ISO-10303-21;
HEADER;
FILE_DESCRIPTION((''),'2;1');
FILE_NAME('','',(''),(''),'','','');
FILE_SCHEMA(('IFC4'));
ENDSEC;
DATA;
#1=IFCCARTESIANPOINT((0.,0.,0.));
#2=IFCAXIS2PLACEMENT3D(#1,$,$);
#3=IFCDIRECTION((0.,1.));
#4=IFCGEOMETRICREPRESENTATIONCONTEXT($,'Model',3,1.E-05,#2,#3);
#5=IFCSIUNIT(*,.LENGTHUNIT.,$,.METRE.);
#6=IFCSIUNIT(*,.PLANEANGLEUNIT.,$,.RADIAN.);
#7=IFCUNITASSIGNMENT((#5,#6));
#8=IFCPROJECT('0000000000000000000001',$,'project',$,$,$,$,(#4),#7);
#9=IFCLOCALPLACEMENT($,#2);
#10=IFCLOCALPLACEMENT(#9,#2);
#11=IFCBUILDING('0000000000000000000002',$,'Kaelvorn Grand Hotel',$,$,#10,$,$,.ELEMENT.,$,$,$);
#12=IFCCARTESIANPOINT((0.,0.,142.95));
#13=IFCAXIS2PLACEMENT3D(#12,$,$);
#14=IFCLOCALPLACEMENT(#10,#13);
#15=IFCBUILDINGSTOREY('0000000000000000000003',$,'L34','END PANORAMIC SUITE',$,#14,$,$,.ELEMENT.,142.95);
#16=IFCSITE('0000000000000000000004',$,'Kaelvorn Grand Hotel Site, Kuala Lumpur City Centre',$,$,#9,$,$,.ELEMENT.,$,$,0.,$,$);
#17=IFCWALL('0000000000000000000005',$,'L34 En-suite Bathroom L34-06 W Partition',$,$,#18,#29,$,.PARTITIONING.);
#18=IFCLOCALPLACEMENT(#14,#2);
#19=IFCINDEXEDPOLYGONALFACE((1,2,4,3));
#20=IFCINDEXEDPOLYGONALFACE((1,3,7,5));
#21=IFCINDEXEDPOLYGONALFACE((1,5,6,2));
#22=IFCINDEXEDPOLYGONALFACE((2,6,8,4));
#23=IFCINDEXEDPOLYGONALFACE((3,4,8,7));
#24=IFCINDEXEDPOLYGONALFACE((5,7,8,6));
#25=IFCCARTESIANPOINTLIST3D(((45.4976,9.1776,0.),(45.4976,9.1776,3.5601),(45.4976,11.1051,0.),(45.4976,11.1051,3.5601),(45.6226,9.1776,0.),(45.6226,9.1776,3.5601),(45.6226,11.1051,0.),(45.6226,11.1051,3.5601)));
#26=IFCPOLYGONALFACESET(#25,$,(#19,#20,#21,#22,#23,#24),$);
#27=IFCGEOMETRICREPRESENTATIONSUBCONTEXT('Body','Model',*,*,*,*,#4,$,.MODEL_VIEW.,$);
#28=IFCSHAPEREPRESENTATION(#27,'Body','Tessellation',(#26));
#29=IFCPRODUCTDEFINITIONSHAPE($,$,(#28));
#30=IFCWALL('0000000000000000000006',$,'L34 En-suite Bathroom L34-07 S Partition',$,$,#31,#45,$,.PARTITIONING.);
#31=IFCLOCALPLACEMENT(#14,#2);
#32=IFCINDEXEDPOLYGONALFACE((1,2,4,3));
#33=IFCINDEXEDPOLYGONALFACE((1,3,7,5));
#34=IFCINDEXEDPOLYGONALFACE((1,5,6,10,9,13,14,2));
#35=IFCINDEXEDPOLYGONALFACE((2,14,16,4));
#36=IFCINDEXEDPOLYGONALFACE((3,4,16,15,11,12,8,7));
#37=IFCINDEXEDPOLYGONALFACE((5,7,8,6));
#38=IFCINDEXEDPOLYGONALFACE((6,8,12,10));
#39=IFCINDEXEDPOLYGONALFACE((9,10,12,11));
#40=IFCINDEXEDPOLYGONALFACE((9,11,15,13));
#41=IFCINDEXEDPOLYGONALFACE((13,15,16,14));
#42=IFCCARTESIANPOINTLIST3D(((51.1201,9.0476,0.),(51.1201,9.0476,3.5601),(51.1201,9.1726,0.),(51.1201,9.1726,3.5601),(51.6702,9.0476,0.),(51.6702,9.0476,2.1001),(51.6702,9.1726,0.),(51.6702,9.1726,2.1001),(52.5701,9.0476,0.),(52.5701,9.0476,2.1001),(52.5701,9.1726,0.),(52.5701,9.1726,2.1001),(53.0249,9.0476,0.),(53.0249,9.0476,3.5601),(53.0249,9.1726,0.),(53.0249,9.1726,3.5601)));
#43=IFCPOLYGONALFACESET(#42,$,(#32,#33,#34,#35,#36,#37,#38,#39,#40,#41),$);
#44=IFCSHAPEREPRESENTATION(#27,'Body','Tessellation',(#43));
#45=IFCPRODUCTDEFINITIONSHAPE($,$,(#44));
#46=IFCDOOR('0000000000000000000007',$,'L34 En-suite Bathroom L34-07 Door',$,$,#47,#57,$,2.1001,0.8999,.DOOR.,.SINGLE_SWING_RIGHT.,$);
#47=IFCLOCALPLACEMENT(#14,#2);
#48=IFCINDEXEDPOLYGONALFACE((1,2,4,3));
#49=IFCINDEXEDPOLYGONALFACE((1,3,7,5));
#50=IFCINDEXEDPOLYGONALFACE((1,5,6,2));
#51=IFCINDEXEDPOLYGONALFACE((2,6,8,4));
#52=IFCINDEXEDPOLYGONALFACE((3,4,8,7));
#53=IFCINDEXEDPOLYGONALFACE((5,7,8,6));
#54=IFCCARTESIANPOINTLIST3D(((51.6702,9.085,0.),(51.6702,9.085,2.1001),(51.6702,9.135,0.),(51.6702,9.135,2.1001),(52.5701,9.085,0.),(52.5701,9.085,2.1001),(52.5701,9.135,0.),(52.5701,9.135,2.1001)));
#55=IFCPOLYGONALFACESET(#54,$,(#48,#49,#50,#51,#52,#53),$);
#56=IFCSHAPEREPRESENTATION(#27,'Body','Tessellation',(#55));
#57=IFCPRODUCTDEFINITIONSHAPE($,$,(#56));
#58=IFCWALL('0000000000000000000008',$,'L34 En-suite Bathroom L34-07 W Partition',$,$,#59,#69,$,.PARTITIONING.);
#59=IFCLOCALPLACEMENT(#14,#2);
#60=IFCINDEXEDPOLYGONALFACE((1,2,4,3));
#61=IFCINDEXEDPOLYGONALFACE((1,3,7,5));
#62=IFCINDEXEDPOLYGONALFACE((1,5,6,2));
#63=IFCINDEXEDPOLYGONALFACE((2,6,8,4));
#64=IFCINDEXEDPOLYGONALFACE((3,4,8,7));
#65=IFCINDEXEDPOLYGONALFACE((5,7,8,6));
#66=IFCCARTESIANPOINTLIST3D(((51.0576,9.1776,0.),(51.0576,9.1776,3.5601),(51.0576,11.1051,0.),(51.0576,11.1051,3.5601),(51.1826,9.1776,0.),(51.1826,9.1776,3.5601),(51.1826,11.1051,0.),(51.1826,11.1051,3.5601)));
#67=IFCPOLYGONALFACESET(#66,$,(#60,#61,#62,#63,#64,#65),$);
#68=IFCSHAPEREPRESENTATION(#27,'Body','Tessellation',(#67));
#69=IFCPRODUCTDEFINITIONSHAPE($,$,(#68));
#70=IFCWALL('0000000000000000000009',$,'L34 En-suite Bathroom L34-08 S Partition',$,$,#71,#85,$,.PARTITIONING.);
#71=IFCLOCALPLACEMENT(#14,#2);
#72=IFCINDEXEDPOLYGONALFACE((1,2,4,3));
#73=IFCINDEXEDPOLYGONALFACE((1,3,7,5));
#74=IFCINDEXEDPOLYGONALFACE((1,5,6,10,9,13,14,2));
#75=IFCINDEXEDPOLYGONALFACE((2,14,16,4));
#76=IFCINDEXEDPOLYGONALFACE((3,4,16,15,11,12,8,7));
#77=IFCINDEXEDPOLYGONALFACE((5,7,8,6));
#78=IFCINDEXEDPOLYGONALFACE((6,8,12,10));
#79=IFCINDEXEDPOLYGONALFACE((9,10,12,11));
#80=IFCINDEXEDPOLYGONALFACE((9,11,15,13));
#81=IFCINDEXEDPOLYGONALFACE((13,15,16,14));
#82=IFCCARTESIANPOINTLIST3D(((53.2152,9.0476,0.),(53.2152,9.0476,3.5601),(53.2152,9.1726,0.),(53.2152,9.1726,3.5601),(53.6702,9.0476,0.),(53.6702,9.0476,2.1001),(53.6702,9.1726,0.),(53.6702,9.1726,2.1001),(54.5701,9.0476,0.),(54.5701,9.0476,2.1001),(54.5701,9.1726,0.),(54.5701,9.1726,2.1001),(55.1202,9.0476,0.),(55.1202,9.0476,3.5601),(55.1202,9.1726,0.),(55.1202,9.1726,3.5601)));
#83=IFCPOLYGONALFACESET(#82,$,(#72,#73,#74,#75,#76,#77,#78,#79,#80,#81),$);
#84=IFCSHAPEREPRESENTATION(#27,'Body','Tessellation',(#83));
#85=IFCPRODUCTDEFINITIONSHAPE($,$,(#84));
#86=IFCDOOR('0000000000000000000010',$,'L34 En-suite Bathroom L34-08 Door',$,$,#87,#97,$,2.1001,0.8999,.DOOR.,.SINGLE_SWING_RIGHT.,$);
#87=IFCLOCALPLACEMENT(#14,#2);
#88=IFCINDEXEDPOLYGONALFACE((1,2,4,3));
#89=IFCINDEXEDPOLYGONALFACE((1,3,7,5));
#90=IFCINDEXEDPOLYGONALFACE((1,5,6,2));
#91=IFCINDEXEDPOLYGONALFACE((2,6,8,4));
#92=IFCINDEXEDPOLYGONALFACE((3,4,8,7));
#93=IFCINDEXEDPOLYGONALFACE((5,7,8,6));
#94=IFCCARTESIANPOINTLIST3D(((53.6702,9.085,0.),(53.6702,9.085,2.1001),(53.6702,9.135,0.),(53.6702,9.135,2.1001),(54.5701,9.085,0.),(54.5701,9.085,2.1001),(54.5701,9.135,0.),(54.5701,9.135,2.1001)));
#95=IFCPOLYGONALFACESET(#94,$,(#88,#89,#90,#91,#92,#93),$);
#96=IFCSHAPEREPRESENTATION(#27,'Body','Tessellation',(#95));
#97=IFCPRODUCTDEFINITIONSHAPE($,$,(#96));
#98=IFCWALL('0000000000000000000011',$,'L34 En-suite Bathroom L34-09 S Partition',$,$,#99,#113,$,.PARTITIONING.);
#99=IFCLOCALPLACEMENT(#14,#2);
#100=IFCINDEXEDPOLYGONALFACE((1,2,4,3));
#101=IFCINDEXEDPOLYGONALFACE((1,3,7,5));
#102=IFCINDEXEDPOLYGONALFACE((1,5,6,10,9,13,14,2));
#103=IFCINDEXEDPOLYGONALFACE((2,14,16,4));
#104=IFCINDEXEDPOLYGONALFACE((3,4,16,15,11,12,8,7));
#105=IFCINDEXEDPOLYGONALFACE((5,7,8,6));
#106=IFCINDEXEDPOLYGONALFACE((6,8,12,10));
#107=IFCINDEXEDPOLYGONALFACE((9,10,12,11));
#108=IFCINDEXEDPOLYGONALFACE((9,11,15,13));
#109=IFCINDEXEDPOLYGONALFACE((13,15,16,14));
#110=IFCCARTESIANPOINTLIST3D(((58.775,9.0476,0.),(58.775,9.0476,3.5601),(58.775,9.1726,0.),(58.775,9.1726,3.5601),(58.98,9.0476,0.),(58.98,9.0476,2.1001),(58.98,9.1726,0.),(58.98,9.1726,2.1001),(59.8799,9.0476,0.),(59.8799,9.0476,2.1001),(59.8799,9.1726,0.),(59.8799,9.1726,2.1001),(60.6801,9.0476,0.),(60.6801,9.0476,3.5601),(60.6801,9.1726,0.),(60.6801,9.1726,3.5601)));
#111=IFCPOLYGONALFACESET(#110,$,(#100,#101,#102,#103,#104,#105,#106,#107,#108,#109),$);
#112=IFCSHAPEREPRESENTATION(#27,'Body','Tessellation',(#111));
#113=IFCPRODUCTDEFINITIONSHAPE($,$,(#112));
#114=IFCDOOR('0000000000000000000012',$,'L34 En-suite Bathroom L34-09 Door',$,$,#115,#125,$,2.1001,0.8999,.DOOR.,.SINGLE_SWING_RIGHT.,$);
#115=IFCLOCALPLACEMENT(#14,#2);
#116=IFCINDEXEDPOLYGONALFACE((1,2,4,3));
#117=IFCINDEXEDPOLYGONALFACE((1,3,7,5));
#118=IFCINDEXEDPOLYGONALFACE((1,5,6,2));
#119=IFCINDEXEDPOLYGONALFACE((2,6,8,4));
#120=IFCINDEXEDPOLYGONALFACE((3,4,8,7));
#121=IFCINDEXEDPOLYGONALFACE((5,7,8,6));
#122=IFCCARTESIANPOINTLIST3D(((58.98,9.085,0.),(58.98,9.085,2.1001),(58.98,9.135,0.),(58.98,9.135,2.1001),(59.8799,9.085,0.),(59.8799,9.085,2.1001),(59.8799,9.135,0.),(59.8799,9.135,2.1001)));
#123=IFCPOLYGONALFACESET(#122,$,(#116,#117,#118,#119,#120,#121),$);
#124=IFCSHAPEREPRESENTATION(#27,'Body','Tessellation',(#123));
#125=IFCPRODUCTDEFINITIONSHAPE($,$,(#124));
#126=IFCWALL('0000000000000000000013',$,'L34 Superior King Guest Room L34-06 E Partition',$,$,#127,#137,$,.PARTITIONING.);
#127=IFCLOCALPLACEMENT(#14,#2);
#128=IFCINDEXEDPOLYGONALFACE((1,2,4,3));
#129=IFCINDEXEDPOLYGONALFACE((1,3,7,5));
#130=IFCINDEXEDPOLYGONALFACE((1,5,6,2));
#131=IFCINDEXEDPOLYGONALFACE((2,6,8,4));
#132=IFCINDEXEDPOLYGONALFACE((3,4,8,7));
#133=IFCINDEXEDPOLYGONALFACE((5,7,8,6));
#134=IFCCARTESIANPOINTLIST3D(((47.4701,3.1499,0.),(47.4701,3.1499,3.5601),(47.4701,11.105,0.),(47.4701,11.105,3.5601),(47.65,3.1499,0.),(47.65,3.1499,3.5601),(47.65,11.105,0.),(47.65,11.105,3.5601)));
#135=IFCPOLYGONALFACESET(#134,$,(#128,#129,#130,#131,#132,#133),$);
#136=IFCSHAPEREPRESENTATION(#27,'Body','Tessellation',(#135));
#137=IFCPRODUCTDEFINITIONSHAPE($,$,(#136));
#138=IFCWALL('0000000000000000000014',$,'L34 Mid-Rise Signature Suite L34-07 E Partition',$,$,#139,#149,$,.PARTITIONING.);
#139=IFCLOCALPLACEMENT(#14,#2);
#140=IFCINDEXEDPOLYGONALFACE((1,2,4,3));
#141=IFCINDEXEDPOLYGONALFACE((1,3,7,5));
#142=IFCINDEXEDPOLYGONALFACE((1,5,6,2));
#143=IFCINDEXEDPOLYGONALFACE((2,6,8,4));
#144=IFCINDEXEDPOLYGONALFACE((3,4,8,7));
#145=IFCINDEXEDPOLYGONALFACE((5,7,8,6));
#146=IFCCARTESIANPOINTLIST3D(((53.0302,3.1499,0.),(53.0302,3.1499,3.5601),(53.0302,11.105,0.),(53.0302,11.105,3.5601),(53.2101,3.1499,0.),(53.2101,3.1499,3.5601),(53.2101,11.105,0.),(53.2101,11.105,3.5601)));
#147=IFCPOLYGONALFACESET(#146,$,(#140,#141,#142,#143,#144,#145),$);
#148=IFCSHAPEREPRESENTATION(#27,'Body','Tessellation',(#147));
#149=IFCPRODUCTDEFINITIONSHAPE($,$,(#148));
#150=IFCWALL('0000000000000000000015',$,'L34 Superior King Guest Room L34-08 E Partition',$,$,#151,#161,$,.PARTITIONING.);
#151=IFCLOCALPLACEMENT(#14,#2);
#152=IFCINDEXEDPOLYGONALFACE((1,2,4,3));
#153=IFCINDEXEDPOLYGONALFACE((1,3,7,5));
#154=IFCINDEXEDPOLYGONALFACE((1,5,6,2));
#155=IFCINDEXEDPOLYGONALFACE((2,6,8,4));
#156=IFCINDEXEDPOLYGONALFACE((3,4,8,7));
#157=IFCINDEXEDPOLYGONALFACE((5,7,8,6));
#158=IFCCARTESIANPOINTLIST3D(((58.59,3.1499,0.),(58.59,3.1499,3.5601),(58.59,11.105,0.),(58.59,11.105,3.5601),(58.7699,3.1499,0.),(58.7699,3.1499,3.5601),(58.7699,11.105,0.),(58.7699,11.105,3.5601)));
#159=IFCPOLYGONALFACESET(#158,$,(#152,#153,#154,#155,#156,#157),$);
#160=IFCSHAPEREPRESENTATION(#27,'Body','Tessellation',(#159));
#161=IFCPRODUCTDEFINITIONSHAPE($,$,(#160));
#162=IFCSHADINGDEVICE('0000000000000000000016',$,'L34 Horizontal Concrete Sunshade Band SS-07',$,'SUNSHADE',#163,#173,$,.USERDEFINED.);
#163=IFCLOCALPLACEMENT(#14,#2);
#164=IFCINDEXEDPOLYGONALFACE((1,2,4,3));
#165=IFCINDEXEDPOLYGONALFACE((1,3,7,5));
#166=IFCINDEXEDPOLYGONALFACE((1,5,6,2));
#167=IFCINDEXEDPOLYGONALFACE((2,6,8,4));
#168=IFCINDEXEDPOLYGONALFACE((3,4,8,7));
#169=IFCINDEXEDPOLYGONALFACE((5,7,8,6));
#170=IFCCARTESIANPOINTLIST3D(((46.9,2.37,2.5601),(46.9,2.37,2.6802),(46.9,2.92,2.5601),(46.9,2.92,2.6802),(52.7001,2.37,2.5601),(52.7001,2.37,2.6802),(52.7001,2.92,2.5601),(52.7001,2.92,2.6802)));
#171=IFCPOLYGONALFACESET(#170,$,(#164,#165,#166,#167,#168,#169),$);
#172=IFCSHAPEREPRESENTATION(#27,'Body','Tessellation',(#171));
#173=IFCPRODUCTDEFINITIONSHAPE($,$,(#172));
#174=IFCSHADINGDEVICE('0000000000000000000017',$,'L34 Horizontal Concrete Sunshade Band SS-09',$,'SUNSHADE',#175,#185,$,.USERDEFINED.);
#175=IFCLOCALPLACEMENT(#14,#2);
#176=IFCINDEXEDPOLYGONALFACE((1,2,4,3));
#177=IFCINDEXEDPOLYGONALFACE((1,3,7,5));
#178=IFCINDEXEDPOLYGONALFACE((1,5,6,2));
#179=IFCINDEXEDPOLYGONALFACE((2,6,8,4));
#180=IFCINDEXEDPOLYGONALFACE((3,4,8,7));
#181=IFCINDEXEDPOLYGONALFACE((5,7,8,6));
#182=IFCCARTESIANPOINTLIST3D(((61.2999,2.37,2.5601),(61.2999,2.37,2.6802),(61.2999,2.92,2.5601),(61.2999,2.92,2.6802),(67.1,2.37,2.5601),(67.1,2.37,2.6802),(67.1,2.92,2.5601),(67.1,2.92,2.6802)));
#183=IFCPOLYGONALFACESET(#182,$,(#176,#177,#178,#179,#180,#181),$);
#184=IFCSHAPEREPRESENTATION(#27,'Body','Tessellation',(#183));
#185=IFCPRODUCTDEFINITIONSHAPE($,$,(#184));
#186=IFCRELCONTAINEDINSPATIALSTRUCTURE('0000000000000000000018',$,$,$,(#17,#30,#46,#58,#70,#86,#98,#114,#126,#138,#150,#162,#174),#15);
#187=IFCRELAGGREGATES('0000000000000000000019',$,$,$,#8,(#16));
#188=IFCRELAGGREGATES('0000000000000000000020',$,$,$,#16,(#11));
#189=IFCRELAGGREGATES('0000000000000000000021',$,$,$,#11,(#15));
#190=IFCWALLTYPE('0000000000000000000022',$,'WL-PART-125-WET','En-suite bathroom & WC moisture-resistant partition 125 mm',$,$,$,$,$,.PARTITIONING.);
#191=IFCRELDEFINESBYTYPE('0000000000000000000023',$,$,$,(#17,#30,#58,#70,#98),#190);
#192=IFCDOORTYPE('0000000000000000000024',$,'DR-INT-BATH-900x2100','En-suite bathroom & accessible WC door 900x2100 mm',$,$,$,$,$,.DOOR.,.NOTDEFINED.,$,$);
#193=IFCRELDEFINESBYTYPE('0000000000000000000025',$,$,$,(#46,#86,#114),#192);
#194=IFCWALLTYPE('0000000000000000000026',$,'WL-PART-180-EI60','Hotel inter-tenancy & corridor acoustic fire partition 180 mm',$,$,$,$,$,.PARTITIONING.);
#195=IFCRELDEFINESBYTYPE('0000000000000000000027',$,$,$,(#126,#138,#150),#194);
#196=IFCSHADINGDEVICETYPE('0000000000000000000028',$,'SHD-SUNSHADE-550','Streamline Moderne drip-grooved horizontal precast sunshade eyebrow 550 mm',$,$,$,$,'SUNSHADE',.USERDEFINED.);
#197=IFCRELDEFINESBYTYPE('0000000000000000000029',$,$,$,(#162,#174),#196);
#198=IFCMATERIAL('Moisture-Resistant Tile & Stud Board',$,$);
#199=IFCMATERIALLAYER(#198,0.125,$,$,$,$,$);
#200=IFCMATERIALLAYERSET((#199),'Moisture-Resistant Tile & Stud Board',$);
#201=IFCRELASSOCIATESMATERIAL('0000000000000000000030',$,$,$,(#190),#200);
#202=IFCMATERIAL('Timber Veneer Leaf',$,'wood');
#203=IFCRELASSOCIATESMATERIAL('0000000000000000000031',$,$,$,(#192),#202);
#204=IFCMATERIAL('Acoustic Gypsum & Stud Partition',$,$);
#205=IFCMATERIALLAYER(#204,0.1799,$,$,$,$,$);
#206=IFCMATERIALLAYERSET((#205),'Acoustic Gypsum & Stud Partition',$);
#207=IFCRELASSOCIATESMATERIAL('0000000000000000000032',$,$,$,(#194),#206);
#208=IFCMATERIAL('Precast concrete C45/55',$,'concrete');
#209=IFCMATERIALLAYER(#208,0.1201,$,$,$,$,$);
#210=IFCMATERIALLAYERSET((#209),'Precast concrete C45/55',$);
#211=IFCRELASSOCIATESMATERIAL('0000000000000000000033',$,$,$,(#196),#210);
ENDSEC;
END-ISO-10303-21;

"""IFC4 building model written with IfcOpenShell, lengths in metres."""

from ifc_helpers import new_model, si_unit, direction, frame, frame_2d, origin, origin_2d, place, context, subcontext, project, spatial, rectangle, extrude, material, layer, layer_set, type_object, element, fill, save


model = new_model("IFC4")

# Units and contexts
model_context = context("Model", 3, precision=1e-05, world=origin(), true_north=direction((0.0, 1.0)))
body_context = subcontext(model_context, "Body", "Model", "MODEL_VIEW")
ifc_project = project(units=[si_unit("LENGTHUNIT", "METRE"), si_unit("PLANEANGLEUNIT", "RADIAN")], contexts=[model_context])

# Site, building, storey
site_placement = place(None, origin())
site = spatial("IfcSite", under=ifc_project, at=site_placement, Name="Kaelvorn Grand Hotel Site, Kuala Lumpur City Centre", CompositionType="ELEMENT", RefElevation=0.0)
building_placement = place(site_placement, origin())
building = spatial("IfcBuilding", under=site, at=building_placement, Name="Kaelvorn Grand Hotel", CompositionType="ELEMENT")
storey_placement = place(building_placement, frame((0.0, 0.0, 142.95)))
storey = spatial("IfcBuildingStorey", under=building, at=storey_placement, Name="L34", Description="END PANORAMIC SUITE", CompositionType="ELEMENT", Elevation=142.95)

# Shared definitions
ifc_material_1 = material(Name="Moisture-Resistant Tile & Stud Board")
ifc_layer_1 = layer(ifc_material_1, 0.125)
ifc_layer_set_1 = layer_set([ifc_layer_1], Name="Moisture-Resistant Tile & Stud Board")
wall_type_1 = type_object("IfcWallType", Name="WL-PART-125-WET", Description="En-suite bathroom & WC moisture-resistant partition 125 mm", PredefinedType="PARTITIONING", material=ifc_layer_set_1)
ifc_material_2 = material(Name="Timber Veneer Leaf", Category="wood")
door_type = type_object("IfcDoorType", Name="DR-INT-BATH-900x2100", Description="En-suite bathroom & accessible WC door 900x2100 mm", OperationType="NOTDEFINED", PredefinedType="DOOR", material=ifc_material_2)

# Wall
wall_1_placement = place(storey_placement, frame((45.5601, 9.1775, 0.0), z_axis=(0.0, 0.0, 1.0), x_axis=(0.0, 1.0, 0.0)))
element("IfcWall", 1, at=wall_1_placement, inside=storey, type_object=wall_type_1, Name="L34 En-suite Bathroom L34-06 W Partition", PredefinedType="PARTITIONING", context=body_context, shape_type="SweptSolid", body=[
    extrude(rectangle(XDim=1.9275, YDim=0.125, at=frame_2d((0.9639, 0.0))), origin(), (0.0, 0.0, 1.0), 3.5601),
])

# Wall, opening, door
wall_2_placement = place(storey_placement, frame((51.1201, 9.1101, 0.0), z_axis=(0.0, 0.0, 1.0), x_axis=(1.0, 0.0, 0.0)))
wall_2 = element("IfcWall", 2, at=wall_2_placement, inside=storey, type_object=wall_type_1, Name="L34 En-suite Bathroom L34-07 S Partition", PredefinedType="PARTITIONING", context=body_context, shape_type="SweptSolid", body=[
    extrude(rectangle(XDim=1.9048, YDim=0.125, at=frame_2d((0.9524, 0.0))), origin(), (0.0, 0.0, 1.0), 3.5601),
])
opening_1_placement = place(wall_2_placement, frame((0.55, 0.0, 0.0)))
opening_1 = element("IfcOpeningElement", 3, at=opening_1_placement, cuts=wall_2, PredefinedType="OPENING", context=body_context, shape_type="SweptSolid", body=[
    extrude(rectangle(XDim=0.8999, YDim=2.1001, at=frame_2d((0.45, 1.05))), frame((0.0, 0.0725, 0.0), z_axis=(0.0, -1.0, 0.0), x_axis=(1.0, 0.0, 0.0)), (0.0, 0.0, 1.0), 0.145),
])
door_1_placement = place(opening_1_placement, origin())
door_1 = element("IfcDoor", 4, at=door_1_placement, inside=storey, type_object=door_type, Name="L34 En-suite Bathroom L34-07 Door", OperationType="SINGLE_SWING_RIGHT", OverallHeight=2.1001, OverallWidth=0.8999, PredefinedType="DOOR", context=body_context, shape_type="SweptSolid", body=[
    extrude(rectangle(XDim=0.8999, YDim=2.1001, at=frame_2d((0.45, 1.05))), frame((0.0, 0.0249, 0.0), z_axis=(0.0, -1.0, 0.0), x_axis=(1.0, 0.0, 0.0)), (0.0, 0.0, 1.0), 0.05),
])
fill(opening_1, door_1)

# Wall
wall_3_placement = place(storey_placement, frame((51.1201, 9.1775, 0.0), z_axis=(0.0, 0.0, 1.0), x_axis=(0.0, 1.0, 0.0)))
element("IfcWall", 5, at=wall_3_placement, inside=storey, type_object=wall_type_1, Name="L34 En-suite Bathroom L34-07 W Partition", PredefinedType="PARTITIONING", context=body_context, shape_type="SweptSolid", body=[
    extrude(rectangle(XDim=1.9275, YDim=0.125, at=frame_2d((0.9639, 0.0))), origin(), (0.0, 0.0, 1.0), 3.5601),
])

# Walls, openings, doors
wall_4_placement = place(storey_placement, frame((53.2151, 9.1101, 0.0), z_axis=(0.0, 0.0, 1.0), x_axis=(1.0, 0.0, 0.0)))
wall_4 = element("IfcWall", 6, at=wall_4_placement, inside=storey, type_object=wall_type_1, Name="L34 En-suite Bathroom L34-08 S Partition", PredefinedType="PARTITIONING", context=body_context, shape_type="SweptSolid", body=[
    extrude(rectangle(XDim=1.905, YDim=0.125, at=frame_2d((0.9526, 0.0))), origin(), (0.0, 0.0, 1.0), 3.5601),
])
opening_2_placement = place(wall_4_placement, frame((0.4551, 0.0, 0.0)))
opening_2 = element("IfcOpeningElement", 7, at=opening_2_placement, cuts=wall_4, PredefinedType="OPENING", context=body_context, shape_type="SweptSolid", body=[
    extrude(rectangle(XDim=0.8999, YDim=2.1001, at=frame_2d((0.45, 1.05))), frame((0.0, 0.0725, 0.0), z_axis=(0.0, -1.0, 0.0), x_axis=(1.0, 0.0, 0.0)), (0.0, 0.0, 1.0), 0.145),
])
door_2_placement = place(opening_2_placement, origin())
door_2 = element("IfcDoor", 8, at=door_2_placement, inside=storey, type_object=door_type, Name="L34 En-suite Bathroom L34-08 Door", OperationType="SINGLE_SWING_RIGHT", OverallHeight=2.1001, OverallWidth=0.8999, PredefinedType="DOOR", context=body_context, shape_type="SweptSolid", body=[
    extrude(rectangle(XDim=0.8999, YDim=2.1001, at=frame_2d((0.45, 1.05))), frame((0.0, 0.0249, 0.0), z_axis=(0.0, -1.0, 0.0), x_axis=(1.0, 0.0, 0.0)), (0.0, 0.0, 1.0), 0.05),
])
fill(opening_2, door_2)
wall_5_placement = place(storey_placement, frame((58.7749, 9.1101, 0.0), z_axis=(0.0, 0.0, 1.0), x_axis=(1.0, 0.0, 0.0)))
wall_5 = element("IfcWall", 9, at=wall_5_placement, inside=storey, type_object=wall_type_1, Name="L34 En-suite Bathroom L34-09 S Partition", PredefinedType="PARTITIONING", context=body_context, shape_type="SweptSolid", body=[
    extrude(rectangle(XDim=1.905, YDim=0.125, at=frame_2d((0.9526, 0.0))), origin(), (0.0, 0.0, 1.0), 3.5601),
])
opening_3_placement = place(wall_5_placement, frame((0.2051, 0.0, 0.0)))
opening_3 = element("IfcOpeningElement", 10, at=opening_3_placement, cuts=wall_5, PredefinedType="OPENING", context=body_context, shape_type="SweptSolid", body=[
    extrude(rectangle(XDim=0.8999, YDim=2.1001, at=frame_2d((0.45, 1.05))), frame((0.0, 0.0725, 0.0), z_axis=(0.0, -1.0, 0.0), x_axis=(1.0, 0.0, 0.0)), (0.0, 0.0, 1.0), 0.145),
])
door_3_placement = place(opening_3_placement, origin())
door_3 = element("IfcDoor", 11, at=door_3_placement, inside=storey, type_object=door_type, Name="L34 En-suite Bathroom L34-09 Door", OperationType="SINGLE_SWING_RIGHT", OverallHeight=2.1001, OverallWidth=0.8999, PredefinedType="DOOR", context=body_context, shape_type="SweptSolid", body=[
    extrude(rectangle(XDim=0.8999, YDim=2.1001, at=frame_2d((0.45, 1.05))), frame((0.0, 0.0249, 0.0), z_axis=(0.0, -1.0, 0.0), x_axis=(1.0, 0.0, 0.0)), (0.0, 0.0, 1.0), 0.05),
])
fill(opening_3, door_3)

# Walls
ifc_material_3 = material(Name="Acoustic Gypsum & Stud Partition")
ifc_layer_2 = layer(ifc_material_3, 0.1799)
ifc_layer_set_2 = layer_set([ifc_layer_2], Name="Acoustic Gypsum & Stud Partition")
wall_type_2 = type_object("IfcWallType", Name="WL-PART-180-EI60", Description="Hotel inter-tenancy & corridor acoustic fire partition 180 mm", PredefinedType="PARTITIONING", material=ifc_layer_set_2)
for number, where, z_axis, x_axis, name in (
    (12, (47.5601, 3.1499, 0.0), (0.0, 0.0, 1.0), (0.0, 1.0, 0.0), "L34 Superior King Guest Room L34-06 E Partition"),
    (13, (53.1201, 3.1499, 0.0), (0.0, 0.0, 1.0), (0.0, 1.0, 0.0), "L34 Mid-Rise Signature Suite L34-07 E Partition"),
    (14, (58.6799, 3.1499, 0.0), (0.0, 0.0, 1.0), (0.0, 1.0, 0.0), "L34 Superior King Guest Room L34-08 E Partition"),
):
    element("IfcWall", number, at=place(storey_placement, frame(where, z_axis=z_axis, x_axis=x_axis)), inside=storey, type_object=wall_type_2, Name=name, PredefinedType="PARTITIONING", context=body_context, shape_type="SweptSolid", body=[
        extrude(rectangle(XDim=7.9551, YDim=0.1799, at=frame_2d((3.9775, 0.0))), origin(), (0.0, 0.0, 1.0), 3.5601),
    ])

# Shading devices
ifc_material_4 = material(Name="Precast concrete C45/55", Category="concrete")
ifc_layer_3 = layer(ifc_material_4, 0.1201)
ifc_layer_set_3 = layer_set([ifc_layer_3], Name="Precast concrete C45/55")
shading_device_type_1 = type_object("IfcShadingDeviceType", Name="SHD-SUNSHADE-550", Description="Streamline Moderne drip-grooved horizontal precast sunshade eyebrow 550 mm", ElementType="SUNSHADE", PredefinedType="USERDEFINED", material=ifc_layer_set_3)
for number, where, z_axis, x_axis, name in (
    (15, (49.8, 2.645, 2.5601), (0.0, 0.0, 1.0), (1.0, 0.0, 0.0), "L34 Horizontal Concrete Sunshade Band SS-07"),
    (16, (64.2, 2.645, 2.5601), (0.0, 0.0, 1.0), (1.0, 0.0, 0.0), "L34 Horizontal Concrete Sunshade Band SS-09"),
):
    element("IfcShadingDevice", number, at=place(storey_placement, frame(where, z_axis=z_axis, x_axis=x_axis)), inside=storey, type_object=shading_device_type_1, Name=name, ObjectType="SUNSHADE", PredefinedType="USERDEFINED", context=body_context, shape_type="SweptSolid", body=[
        extrude(rectangle(XDim=5.8, YDim=0.55, at=origin_2d()), origin(), (0.0, 0.0, 1.0), 0.1201),
    ])

save(model, "model.ifc")
